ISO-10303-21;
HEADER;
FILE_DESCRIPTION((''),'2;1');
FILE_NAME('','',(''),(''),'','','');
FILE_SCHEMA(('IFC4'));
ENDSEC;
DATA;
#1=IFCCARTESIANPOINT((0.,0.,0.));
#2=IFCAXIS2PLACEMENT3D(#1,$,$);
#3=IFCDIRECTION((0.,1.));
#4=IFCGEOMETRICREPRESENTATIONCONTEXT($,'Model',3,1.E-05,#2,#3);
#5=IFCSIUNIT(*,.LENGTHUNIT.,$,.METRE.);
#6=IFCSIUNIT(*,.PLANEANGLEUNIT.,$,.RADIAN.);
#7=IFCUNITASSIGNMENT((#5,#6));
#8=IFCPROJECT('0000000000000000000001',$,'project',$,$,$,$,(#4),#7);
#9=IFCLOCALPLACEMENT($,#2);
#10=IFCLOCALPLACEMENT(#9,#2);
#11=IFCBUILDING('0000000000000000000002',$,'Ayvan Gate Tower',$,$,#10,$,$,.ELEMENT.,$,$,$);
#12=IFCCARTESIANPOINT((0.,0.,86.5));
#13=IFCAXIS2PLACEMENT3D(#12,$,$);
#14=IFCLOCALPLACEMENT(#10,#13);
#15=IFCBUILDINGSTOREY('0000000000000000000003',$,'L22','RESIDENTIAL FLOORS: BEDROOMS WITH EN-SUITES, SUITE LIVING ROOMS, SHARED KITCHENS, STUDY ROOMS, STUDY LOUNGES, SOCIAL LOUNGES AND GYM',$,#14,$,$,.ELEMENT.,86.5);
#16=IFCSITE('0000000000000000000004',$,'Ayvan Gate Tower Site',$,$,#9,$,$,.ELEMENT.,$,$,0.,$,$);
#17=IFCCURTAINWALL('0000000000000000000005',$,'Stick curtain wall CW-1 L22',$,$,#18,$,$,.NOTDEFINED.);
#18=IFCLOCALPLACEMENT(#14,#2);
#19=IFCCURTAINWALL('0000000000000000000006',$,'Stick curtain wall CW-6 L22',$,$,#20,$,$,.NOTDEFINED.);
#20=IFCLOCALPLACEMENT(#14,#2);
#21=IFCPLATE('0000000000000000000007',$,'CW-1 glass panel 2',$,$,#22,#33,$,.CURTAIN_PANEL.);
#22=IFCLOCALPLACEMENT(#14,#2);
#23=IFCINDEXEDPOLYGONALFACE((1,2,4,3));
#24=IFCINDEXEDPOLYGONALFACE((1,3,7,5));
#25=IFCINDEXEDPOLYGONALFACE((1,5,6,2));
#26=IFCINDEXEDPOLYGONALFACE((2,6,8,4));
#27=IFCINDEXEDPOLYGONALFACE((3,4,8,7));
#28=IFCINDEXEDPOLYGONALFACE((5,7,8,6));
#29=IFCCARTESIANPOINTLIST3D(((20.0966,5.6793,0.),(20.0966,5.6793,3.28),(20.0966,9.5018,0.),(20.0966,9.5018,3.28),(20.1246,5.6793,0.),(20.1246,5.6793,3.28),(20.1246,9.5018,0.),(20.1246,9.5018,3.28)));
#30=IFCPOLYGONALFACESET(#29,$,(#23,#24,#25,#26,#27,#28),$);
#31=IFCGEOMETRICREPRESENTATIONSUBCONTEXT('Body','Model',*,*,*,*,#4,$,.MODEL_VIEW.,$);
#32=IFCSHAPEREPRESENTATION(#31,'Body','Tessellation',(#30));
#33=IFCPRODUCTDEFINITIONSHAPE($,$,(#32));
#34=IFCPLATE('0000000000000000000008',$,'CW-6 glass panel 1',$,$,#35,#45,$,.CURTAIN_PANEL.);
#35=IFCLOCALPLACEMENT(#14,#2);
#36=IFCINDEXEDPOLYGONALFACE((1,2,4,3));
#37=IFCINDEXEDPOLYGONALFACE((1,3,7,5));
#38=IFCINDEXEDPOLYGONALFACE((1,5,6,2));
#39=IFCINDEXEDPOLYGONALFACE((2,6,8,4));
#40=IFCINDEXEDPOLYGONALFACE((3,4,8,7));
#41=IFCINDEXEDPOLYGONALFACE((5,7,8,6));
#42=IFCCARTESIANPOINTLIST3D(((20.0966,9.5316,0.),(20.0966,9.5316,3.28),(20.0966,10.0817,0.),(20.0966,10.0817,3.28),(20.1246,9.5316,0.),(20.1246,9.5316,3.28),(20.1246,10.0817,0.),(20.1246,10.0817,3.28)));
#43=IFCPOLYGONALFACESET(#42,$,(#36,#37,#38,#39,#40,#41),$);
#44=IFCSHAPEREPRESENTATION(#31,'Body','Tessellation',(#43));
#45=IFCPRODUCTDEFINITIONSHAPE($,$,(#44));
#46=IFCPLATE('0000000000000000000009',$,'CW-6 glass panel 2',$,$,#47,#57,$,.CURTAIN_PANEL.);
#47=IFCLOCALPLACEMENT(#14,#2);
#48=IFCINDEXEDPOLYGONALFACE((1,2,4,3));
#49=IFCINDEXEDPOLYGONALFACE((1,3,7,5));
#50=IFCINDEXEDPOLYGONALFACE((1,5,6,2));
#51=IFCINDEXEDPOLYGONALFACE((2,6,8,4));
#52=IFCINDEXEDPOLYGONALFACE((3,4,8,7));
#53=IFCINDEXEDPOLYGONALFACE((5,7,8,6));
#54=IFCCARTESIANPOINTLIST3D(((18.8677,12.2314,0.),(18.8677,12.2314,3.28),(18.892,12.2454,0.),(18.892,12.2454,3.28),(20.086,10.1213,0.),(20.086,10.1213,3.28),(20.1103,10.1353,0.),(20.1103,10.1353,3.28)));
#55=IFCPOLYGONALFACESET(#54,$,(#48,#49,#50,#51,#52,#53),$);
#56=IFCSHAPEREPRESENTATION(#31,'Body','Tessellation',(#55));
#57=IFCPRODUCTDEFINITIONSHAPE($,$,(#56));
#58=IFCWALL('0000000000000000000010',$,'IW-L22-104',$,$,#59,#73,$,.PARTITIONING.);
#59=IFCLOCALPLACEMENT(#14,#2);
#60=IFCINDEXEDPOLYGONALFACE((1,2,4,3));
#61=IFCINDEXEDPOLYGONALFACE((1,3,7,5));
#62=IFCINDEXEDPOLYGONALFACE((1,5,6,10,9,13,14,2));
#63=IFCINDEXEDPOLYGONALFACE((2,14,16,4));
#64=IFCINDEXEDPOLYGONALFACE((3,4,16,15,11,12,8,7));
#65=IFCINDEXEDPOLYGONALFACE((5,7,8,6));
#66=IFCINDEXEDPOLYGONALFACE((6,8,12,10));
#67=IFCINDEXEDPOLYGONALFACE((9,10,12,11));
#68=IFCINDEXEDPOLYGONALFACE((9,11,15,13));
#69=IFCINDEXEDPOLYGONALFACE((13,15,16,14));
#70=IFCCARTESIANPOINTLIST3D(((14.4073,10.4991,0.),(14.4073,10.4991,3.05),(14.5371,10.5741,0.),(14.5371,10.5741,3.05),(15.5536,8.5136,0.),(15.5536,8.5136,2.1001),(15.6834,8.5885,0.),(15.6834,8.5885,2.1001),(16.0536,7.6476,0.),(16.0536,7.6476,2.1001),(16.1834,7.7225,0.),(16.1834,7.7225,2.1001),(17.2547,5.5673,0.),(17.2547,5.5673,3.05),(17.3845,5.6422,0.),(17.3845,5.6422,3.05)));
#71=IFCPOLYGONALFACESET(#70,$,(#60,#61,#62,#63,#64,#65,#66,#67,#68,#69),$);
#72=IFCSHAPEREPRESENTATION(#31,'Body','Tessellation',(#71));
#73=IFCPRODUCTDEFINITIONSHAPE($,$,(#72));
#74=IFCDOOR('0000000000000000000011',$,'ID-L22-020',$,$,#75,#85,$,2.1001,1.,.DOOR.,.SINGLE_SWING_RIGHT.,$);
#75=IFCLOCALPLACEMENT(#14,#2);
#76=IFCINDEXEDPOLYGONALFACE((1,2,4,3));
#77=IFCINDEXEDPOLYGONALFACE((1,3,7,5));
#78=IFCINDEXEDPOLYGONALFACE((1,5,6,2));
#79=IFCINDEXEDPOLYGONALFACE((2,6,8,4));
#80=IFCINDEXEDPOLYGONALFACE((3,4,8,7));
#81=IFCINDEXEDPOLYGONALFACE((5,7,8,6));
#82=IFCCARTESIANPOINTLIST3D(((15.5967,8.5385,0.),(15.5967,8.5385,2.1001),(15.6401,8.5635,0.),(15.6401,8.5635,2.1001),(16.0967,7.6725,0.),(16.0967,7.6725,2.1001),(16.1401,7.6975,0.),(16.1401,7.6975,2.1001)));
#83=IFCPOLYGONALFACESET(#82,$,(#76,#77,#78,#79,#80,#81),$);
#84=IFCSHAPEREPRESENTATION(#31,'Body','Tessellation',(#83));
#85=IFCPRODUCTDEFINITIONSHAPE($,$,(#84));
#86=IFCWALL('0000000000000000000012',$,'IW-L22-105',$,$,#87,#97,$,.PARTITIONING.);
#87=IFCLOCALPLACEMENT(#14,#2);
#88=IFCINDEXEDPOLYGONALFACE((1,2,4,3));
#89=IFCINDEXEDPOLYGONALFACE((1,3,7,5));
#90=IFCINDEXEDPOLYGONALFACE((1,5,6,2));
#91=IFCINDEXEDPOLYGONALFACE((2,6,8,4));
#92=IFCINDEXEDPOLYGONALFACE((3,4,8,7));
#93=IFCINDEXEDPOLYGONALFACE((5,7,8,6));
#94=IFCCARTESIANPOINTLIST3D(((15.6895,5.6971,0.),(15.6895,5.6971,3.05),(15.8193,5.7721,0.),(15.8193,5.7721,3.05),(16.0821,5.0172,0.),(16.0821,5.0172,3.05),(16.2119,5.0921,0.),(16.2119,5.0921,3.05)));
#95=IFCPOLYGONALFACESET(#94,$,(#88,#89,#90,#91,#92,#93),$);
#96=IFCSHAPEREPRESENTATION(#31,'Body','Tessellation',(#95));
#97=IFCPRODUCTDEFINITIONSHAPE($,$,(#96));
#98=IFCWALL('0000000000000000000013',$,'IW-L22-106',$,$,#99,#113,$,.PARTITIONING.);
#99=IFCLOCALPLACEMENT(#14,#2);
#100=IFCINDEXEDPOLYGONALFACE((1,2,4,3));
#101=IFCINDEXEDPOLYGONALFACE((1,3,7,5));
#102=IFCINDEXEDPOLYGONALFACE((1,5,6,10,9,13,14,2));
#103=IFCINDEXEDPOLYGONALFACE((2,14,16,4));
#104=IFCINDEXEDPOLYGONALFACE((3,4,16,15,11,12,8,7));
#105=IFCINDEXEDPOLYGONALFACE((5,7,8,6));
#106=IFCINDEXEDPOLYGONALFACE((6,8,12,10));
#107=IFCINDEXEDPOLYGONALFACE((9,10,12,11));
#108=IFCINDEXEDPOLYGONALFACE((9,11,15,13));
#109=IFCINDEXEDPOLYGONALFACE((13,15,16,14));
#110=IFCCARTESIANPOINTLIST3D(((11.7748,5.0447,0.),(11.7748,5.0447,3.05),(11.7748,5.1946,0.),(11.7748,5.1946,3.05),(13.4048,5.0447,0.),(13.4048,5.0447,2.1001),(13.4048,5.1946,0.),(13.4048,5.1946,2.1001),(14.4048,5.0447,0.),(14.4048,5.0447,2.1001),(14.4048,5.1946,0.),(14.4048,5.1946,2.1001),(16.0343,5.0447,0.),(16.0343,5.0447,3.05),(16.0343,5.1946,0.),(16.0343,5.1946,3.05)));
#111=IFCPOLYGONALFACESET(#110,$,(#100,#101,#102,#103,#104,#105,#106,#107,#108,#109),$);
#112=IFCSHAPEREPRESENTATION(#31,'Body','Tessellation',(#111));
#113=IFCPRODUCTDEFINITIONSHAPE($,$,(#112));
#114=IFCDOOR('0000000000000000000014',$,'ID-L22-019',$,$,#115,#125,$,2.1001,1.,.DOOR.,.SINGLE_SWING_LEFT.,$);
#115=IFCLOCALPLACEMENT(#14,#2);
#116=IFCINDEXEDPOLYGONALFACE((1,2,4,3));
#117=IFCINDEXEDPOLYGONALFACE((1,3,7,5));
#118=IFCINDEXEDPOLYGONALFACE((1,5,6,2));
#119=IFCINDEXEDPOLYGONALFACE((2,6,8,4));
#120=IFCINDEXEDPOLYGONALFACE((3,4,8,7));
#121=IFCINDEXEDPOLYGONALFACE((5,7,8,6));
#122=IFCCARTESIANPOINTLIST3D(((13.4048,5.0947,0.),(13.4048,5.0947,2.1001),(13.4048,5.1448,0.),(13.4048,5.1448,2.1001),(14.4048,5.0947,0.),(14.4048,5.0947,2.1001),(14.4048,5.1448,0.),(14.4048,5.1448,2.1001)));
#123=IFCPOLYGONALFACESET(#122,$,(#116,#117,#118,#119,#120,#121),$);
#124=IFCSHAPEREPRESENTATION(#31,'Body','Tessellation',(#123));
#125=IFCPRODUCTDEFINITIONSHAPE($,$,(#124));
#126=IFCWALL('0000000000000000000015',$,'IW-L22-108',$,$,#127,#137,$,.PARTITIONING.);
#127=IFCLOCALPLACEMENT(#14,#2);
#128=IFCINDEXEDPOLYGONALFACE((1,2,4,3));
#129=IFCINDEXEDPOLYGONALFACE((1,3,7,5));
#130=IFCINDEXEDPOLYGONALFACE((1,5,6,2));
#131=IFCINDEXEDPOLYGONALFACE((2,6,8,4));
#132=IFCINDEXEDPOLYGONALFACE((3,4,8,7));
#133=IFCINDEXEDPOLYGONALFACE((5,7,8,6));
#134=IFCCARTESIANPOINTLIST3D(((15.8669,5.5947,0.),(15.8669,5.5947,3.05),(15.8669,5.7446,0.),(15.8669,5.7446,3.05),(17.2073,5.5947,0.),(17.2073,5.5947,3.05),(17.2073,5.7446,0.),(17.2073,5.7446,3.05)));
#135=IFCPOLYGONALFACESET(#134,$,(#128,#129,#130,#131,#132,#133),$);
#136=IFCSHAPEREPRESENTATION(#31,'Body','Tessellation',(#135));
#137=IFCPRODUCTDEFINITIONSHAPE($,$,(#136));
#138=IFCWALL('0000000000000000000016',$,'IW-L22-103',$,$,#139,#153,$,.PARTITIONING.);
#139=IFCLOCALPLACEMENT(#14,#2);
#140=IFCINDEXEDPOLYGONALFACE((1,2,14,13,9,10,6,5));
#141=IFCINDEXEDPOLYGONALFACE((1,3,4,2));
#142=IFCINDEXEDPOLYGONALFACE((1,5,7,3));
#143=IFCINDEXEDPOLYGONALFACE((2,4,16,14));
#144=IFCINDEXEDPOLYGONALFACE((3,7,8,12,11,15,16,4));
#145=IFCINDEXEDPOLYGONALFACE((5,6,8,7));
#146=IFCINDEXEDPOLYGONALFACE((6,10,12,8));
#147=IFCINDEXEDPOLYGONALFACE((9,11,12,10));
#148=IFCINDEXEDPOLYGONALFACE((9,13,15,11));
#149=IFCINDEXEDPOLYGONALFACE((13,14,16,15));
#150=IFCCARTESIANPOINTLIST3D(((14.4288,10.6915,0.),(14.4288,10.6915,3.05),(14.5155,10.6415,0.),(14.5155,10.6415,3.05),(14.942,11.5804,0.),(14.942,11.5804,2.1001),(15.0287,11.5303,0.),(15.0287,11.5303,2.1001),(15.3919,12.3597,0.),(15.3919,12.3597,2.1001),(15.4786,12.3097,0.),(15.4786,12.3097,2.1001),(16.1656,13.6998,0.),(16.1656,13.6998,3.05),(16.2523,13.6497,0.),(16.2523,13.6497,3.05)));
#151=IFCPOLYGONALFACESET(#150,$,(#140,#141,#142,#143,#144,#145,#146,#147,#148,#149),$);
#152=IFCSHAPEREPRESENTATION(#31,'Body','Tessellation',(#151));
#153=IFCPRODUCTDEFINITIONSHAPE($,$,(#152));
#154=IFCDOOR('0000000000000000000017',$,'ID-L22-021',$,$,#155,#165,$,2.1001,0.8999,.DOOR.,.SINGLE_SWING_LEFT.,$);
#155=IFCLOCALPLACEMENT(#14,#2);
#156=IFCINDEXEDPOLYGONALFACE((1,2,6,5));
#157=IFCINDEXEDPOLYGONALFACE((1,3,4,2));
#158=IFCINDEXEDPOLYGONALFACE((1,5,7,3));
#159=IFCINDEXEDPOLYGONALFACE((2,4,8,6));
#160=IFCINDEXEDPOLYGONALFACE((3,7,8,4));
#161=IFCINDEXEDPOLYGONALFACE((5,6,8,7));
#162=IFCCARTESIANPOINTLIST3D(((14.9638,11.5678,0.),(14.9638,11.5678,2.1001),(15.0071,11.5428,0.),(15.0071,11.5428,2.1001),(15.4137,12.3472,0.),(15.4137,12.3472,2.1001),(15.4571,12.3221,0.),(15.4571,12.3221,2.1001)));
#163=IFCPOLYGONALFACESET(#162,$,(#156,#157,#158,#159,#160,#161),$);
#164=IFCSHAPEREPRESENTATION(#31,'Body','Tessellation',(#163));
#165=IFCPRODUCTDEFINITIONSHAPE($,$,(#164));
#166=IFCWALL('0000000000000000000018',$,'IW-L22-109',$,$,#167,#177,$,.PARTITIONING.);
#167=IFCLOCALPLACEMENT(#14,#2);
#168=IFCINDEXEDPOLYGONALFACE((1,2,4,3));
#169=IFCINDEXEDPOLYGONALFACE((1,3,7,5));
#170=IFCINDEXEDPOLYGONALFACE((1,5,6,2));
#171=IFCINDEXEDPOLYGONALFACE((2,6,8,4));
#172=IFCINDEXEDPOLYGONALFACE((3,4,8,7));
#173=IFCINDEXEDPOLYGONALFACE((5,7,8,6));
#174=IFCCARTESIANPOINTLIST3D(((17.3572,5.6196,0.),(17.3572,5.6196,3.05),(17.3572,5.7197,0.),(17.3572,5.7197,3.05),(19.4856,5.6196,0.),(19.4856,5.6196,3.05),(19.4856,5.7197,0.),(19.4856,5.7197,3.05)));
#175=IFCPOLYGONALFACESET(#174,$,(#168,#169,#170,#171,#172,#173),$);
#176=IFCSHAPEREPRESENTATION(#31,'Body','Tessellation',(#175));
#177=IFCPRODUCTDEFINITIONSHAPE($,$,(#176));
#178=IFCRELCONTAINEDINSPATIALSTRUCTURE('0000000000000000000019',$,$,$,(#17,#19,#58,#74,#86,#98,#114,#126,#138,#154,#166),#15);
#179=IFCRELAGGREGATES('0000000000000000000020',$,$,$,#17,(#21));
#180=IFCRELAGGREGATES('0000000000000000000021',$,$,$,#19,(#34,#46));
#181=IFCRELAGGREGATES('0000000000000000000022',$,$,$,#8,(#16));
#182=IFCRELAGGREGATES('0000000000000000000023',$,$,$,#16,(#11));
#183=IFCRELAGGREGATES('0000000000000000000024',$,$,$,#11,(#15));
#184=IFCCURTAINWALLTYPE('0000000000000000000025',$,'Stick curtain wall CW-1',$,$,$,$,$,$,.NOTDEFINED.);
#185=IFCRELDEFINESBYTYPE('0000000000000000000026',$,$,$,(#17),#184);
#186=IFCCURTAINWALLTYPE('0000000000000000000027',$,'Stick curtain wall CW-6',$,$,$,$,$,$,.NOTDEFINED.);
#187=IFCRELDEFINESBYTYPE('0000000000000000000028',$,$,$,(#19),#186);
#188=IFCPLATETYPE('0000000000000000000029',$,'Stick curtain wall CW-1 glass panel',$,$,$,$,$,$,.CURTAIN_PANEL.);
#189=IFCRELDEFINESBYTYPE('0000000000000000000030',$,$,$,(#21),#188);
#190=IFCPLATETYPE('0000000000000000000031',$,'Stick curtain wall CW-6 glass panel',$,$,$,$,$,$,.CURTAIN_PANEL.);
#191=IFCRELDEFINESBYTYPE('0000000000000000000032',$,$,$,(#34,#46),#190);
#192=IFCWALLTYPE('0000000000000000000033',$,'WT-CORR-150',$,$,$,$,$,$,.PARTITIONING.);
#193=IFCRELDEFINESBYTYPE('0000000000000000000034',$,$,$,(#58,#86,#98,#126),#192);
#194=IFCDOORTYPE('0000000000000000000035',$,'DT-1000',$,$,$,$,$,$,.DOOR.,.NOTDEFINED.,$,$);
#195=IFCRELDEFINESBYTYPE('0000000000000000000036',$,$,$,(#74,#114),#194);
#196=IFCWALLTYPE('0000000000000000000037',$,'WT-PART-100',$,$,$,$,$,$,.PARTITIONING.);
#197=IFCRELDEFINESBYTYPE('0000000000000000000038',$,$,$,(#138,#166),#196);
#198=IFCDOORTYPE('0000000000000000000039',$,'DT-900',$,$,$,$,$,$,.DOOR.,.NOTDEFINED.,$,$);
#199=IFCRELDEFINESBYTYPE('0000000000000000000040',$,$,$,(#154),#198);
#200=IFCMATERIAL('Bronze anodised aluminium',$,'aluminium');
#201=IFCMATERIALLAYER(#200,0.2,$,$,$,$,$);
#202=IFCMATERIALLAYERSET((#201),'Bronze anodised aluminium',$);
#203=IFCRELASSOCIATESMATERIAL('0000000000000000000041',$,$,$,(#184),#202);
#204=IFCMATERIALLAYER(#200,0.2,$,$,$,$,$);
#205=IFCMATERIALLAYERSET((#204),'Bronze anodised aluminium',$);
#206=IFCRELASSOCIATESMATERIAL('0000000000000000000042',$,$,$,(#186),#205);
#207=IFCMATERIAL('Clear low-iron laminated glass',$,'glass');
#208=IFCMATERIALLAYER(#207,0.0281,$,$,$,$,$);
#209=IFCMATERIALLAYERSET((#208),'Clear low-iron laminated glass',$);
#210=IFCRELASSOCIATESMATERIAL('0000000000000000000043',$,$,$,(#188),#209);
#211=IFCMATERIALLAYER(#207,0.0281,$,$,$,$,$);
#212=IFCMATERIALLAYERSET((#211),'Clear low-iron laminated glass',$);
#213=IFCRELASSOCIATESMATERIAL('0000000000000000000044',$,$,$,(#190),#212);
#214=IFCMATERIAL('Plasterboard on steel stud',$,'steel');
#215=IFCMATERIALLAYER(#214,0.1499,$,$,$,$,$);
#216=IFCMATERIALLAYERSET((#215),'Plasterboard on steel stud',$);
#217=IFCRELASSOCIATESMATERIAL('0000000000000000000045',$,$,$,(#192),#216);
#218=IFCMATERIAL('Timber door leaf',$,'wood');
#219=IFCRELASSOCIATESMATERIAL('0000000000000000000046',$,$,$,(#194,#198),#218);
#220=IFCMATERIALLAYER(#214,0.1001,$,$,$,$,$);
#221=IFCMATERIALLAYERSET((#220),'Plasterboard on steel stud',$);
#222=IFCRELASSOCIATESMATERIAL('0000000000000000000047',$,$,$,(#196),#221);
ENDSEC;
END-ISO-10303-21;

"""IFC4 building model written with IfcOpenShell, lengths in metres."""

from ifc_helpers import new_model, si_unit, direction, frame, frame_2d, origin, origin_2d, place, context, subcontext, project, spatial, rectangle, extrude, material, layer, layer_set, type_object, element, fill, aggregate, save


model = new_model("IFC4")

# Units and contexts
model_context = context("Model", 3, precision=1e-05, world=origin(), true_north=direction((0.0, 1.0)))
body_context = subcontext(model_context, "Body", "Model", "MODEL_VIEW")
ifc_project = project(units=[si_unit("LENGTHUNIT", "METRE"), si_unit("PLANEANGLEUNIT", "RADIAN")], contexts=[model_context])

# Site, building, storey
site_placement = place(None, origin())
site = spatial("IfcSite", under=ifc_project, at=site_placement, Name="Ayvan Gate Tower Site", CompositionType="ELEMENT", RefElevation=0.0)
building_placement = place(site_placement, origin())
building = spatial("IfcBuilding", under=site, at=building_placement, Name="Ayvan Gate Tower", CompositionType="ELEMENT")
storey_placement = place(building_placement, frame((0.0, 0.0, 86.5)))
storey = spatial("IfcBuildingStorey", under=building, at=storey_placement, Name="L22", Description="RESIDENTIAL FLOORS: BEDROOMS WITH EN-SUITES, SUITE LIVING ROOMS, SHARED KITCHENS, STUDY ROOMS, STUDY LOUNGES, SOCIAL LOUNGES AND GYM", CompositionType="ELEMENT", Elevation=86.5)

# Curtain walls
ifc_material_1 = material(Name="Bronze anodised aluminium", Category="aluminium")
ifc_layer_1 = layer(ifc_material_1, 0.2)
ifc_layer_set_1 = layer_set([ifc_layer_1], Name="Bronze anodised aluminium")
curtain_wall_type_1 = type_object("IfcCurtainWallType", Name="Stick curtain wall CW-1", PredefinedType="NOTDEFINED", material=ifc_layer_set_1)
curtain_wall_1_placement = place(storey_placement, origin())
curtain_wall_1 = element("IfcCurtainWall", 1, at=curtain_wall_1_placement, inside=storey, type_object=curtain_wall_type_1, Name="Stick curtain wall CW-1 L22", PredefinedType="NOTDEFINED")
ifc_layer_2 = layer(ifc_material_1, 0.2)
ifc_layer_set_2 = layer_set([ifc_layer_2], Name="Bronze anodised aluminium")
curtain_wall_type_2 = type_object("IfcCurtainWallType", Name="Stick curtain wall CW-6", PredefinedType="NOTDEFINED", material=ifc_layer_set_2)
curtain_wall_2_placement = place(storey_placement, origin())
curtain_wall_2 = element("IfcCurtainWall", 2, at=curtain_wall_2_placement, inside=storey, type_object=curtain_wall_type_2, Name="Stick curtain wall CW-6 L22", PredefinedType="NOTDEFINED")

# Plates
ifc_material_2 = material(Name="Clear low-iron laminated glass", Category="glass")
ifc_layer_3 = layer(ifc_material_2, 0.0281)
ifc_layer_set_3 = layer_set([ifc_layer_3], Name="Clear low-iron laminated glass")
plate_type_1 = type_object("IfcPlateType", Name="Stick curtain wall CW-1 glass panel", PredefinedType="CURTAIN_PANEL", material=ifc_layer_set_3)
plate_1_placement = place(storey_placement, frame((20.1106, 7.5906, 0.0), z_axis=(0.0, 0.0, 1.0), x_axis=(0.0, 1.0, 0.0)))
plate_1 = element("IfcPlate", 3, at=plate_1_placement, type_object=plate_type_1, Name="CW-1 glass panel 2", PredefinedType="CURTAIN_PANEL", context=body_context, shape_type="SweptSolid", body=[
    extrude(rectangle(XDim=3.8225, YDim=0.0281, at=origin_2d()), origin(), (0.0, 0.0, 1.0), 3.28),
])
aggregate(curtain_wall_1, [plate_1])
ifc_layer_4 = layer(ifc_material_2, 0.0281)
ifc_layer_set_4 = layer_set([ifc_layer_4], Name="Clear low-iron laminated glass")
plate_type_2 = type_object("IfcPlateType", Name="Stick curtain wall CW-6 glass panel", PredefinedType="CURTAIN_PANEL", material=ifc_layer_set_4)
plate_2_placement = place(storey_placement, frame((20.1106, 9.8066, 0.0), z_axis=(0.0, 0.0, 1.0), x_axis=(0.0, 1.0, 0.0)))
plate_2 = element("IfcPlate", 4, at=plate_2_placement, type_object=plate_type_2, Name="CW-6 glass panel 1", PredefinedType="CURTAIN_PANEL", context=body_context, shape_type="SweptSolid", body=[
    extrude(rectangle(XDim=0.55, YDim=0.0281, at=origin_2d()), origin(), (0.0, 0.0, 1.0), 3.28),
])
plate_3_placement = place(storey_placement, frame((19.489, 11.1833, 0.0), z_axis=(0.0, 0.0, 1.0), x_axis=(-0.5, 0.866025, 0.0)))
plate_3 = element("IfcPlate", 5, at=plate_3_placement, type_object=plate_type_2, Name="CW-6 glass panel 2", PredefinedType="CURTAIN_PANEL", context=body_context, shape_type="SweptSolid", body=[
    extrude(rectangle(XDim=2.4365, YDim=0.0281, at=origin_2d()), origin(), (0.0, 0.0, 1.0), 3.28),
])
aggregate(curtain_wall_2, [plate_2, plate_3])

# Wall, opening, door
ifc_material_3 = material(Name="Plasterboard on steel stud", Category="steel")
ifc_layer_5 = layer(ifc_material_3, 0.1499)
ifc_layer_set_5 = layer_set([ifc_layer_5], Name="Plasterboard on steel stud")
wall_type_1 = type_object("IfcWallType", Name="WT-CORR-150", PredefinedType="PARTITIONING", material=ifc_layer_set_5)
wall_1_placement = place(storey_placement, frame((14.4722, 10.5366, 0.0), z_axis=(0.0, 0.0, 1.0), x_axis=(0.499998, -0.866026, 0.0)))
wall_1 = element("IfcWall", 6, at=wall_1_placement, inside=storey, type_object=wall_type_1, Name="IW-L22-104", PredefinedType="PARTITIONING", context=body_context, shape_type="SweptSolid", body=[
    extrude(rectangle(XDim=5.6948, YDim=0.1499, at=frame_2d((2.8474, 0.0))), origin(), (0.0, 0.0, 1.0), 3.05),
])
opening_1_placement = place(wall_1_placement, frame((2.2927, 0.0, 0.0)))
opening_1 = element("IfcOpeningElement", 7, at=opening_1_placement, cuts=wall_1, PredefinedType="OPENING", context=body_context, shape_type="SweptSolid", body=[
    extrude(rectangle(XDim=1.0, YDim=2.1001, at=frame_2d((0.5, 1.05))), frame((0.0, 0.085, 0.0), z_axis=(0.0, -1.0, 0.0), x_axis=(1.0, 0.0, 0.0)), (0.0, 0.0, 1.0), 0.1699),
])
ifc_material_4 = material(Name="Timber door leaf", Category="wood")
door_type_1 = type_object("IfcDoorType", Name="DT-1000", OperationType="NOTDEFINED", PredefinedType="DOOR", material=ifc_material_4)
door_1_placement = place(opening_1_placement, origin())
door_1 = element("IfcDoor", 8, at=door_1_placement, inside=storey, type_object=door_type_1, Name="ID-L22-020", OperationType="SINGLE_SWING_RIGHT", OverallHeight=2.1001, OverallWidth=1.0, PredefinedType="DOOR", context=body_context, shape_type="SweptSolid", body=[
    extrude(rectangle(XDim=1.0, YDim=2.1001, at=frame_2d((0.5, 1.05))), frame((0.0, 0.0249, 0.0), z_axis=(0.0, -1.0, 0.0), x_axis=(1.0, 0.0, 0.0)), (0.0, 0.0, 1.0), 0.05),
])
fill(opening_1, door_1)

# Wall
wall_2_placement = place(storey_placement, frame((15.7544, 5.7346, 0.0), z_axis=(0.0, 0.0, 1.0), x_axis=(0.500019, -0.866015, 0.0)))
element("IfcWall", 9, at=wall_2_placement, inside=storey, type_object=wall_type_1, Name="IW-L22-105", PredefinedType="PARTITIONING", context=body_context, shape_type="SweptSolid", body=[
    extrude(rectangle(XDim=0.7852, YDim=0.1499, at=frame_2d((0.3926, 0.0))), origin(), (0.0, 0.0, 1.0), 3.05),
])

# Wall, opening, door
wall_3_placement = place(storey_placement, frame((16.0344, 5.1196, 0.0), z_axis=(0.0, 0.0, 1.0), x_axis=(-1.0, 0.0, 0.0)))
wall_3 = element("IfcWall", 10, at=wall_3_placement, inside=storey, type_object=wall_type_1, Name="IW-L22-106", PredefinedType="PARTITIONING", context=body_context, shape_type="SweptSolid", body=[
    extrude(rectangle(XDim=4.2595, YDim=0.1499, at=frame_2d((2.1299, 0.0))), origin(), (0.0, 0.0, 1.0), 3.05),
])
opening_2_placement = place(wall_3_placement, frame((1.6296, 0.0, 0.0)))
opening_2 = element("IfcOpeningElement", 11, at=opening_2_placement, cuts=wall_3, PredefinedType="OPENING", context=body_context, shape_type="SweptSolid", body=[
    extrude(rectangle(XDim=1.0, YDim=2.1001, at=frame_2d((0.5, 1.05))), frame((0.0, 0.085, 0.0), z_axis=(0.0, -1.0, 0.0), x_axis=(1.0, 0.0, 0.0)), (0.0, 0.0, 1.0), 0.1699),
])
door_2_placement = place(opening_2_placement, origin())
door_2 = element("IfcDoor", 12, at=door_2_placement, inside=storey, type_object=door_type_1, Name="ID-L22-019", OperationType="SINGLE_SWING_LEFT", OverallHeight=2.1001, OverallWidth=1.0, PredefinedType="DOOR", context=body_context, shape_type="SweptSolid", body=[
    extrude(rectangle(XDim=1.0, YDim=2.1001, at=frame_2d((0.5, 1.05))), frame((0.0, 0.0249, 0.0), z_axis=(0.0, -1.0, 0.0), x_axis=(1.0, 0.0, 0.0)), (0.0, 0.0, 1.0), 0.05),
])
fill(opening_2, door_2)

# Wall
wall_4_placement = place(storey_placement, frame((17.2073, 5.6697, 0.0), z_axis=(0.0, 0.0, 1.0), x_axis=(-1.0, 0.0, 0.0)))
element("IfcWall", 13, at=wall_4_placement, inside=storey, type_object=wall_type_1, Name="IW-L22-108", PredefinedType="PARTITIONING", context=body_context, shape_type="SweptSolid", body=[
    extrude(rectangle(XDim=1.3403, YDim=0.1499, at=frame_2d((0.6702, 0.0))), origin(), (0.0, 0.0, 1.0), 3.05),
])

# Wall, opening, door
ifc_layer_6 = layer(ifc_material_3, 0.1001)
ifc_layer_set_6 = layer_set([ifc_layer_6], Name="Plasterboard on steel stud")
wall_type_2 = type_object("IfcWallType", Name="WT-PART-100", PredefinedType="PARTITIONING", material=ifc_layer_set_6)
wall_5_placement = place(storey_placement, frame((14.4722, 10.6665, 0.0), z_axis=(0.0, 0.0, 1.0), x_axis=(0.499994, 0.866029, 0.0)))
wall_5 = element("IfcWall", 14, at=wall_5_placement, inside=storey, type_object=wall_type_2, Name="IW-L22-103", PredefinedType="PARTITIONING", context=body_context, shape_type="SweptSolid", body=[
    extrude(rectangle(XDim=3.4736, YDim=0.1001, at=frame_2d((1.7368, 0.0))), origin(), (0.0, 0.0, 1.0), 3.05),
])
opening_3_placement = place(wall_5_placement, frame((1.0264, 0.0, 0.0)))
opening_3 = element("IfcOpeningElement", 15, at=opening_3_placement, cuts=wall_5, PredefinedType="OPENING", context=body_context, shape_type="SweptSolid", body=[
    extrude(rectangle(XDim=0.8999, YDim=2.1001, at=frame_2d((0.45, 1.05))), frame((0.0, 0.0601, 0.0), z_axis=(0.0, -1.0, 0.0), x_axis=(1.0, 0.0, 0.0)), (0.0, 0.0, 1.0), 0.1201),
])
door_type_2 = type_object("IfcDoorType", Name="DT-900", OperationType="NOTDEFINED", PredefinedType="DOOR", material=ifc_material_4)
door_3_placement = place(opening_3_placement, origin())
door_3 = element("IfcDoor", 16, at=door_3_placement, inside=storey, type_object=door_type_2, Name="ID-L22-021", OperationType="SINGLE_SWING_LEFT", OverallHeight=2.1001, OverallWidth=0.8999, PredefinedType="DOOR", context=body_context, shape_type="SweptSolid", body=[
    extrude(rectangle(XDim=0.8999, YDim=2.1001, at=frame_2d((0.45, 1.05))), frame((0.0, 0.0249, 0.0), z_axis=(0.0, -1.0, 0.0), x_axis=(1.0, 0.0, 0.0)), (0.0, 0.0, 1.0), 0.05),
])
fill(opening_3, door_3)

# Wall
wall_6_placement = place(storey_placement, frame((17.3572, 5.6697, 0.0), z_axis=(0.0, 0.0, 1.0), x_axis=(1.0, 0.0, 0.0)))
element("IfcWall", 17, at=wall_6_placement, inside=storey, type_object=wall_type_2, Name="IW-L22-109", PredefinedType="PARTITIONING", context=body_context, shape_type="SweptSolid", body=[
    extrude(rectangle(XDim=2.1284, YDim=0.1001, at=frame_2d((1.0642, 0.0))), origin(), (0.0, 0.0, 1.0), 3.05),
])

save(model, "model.ifc")
